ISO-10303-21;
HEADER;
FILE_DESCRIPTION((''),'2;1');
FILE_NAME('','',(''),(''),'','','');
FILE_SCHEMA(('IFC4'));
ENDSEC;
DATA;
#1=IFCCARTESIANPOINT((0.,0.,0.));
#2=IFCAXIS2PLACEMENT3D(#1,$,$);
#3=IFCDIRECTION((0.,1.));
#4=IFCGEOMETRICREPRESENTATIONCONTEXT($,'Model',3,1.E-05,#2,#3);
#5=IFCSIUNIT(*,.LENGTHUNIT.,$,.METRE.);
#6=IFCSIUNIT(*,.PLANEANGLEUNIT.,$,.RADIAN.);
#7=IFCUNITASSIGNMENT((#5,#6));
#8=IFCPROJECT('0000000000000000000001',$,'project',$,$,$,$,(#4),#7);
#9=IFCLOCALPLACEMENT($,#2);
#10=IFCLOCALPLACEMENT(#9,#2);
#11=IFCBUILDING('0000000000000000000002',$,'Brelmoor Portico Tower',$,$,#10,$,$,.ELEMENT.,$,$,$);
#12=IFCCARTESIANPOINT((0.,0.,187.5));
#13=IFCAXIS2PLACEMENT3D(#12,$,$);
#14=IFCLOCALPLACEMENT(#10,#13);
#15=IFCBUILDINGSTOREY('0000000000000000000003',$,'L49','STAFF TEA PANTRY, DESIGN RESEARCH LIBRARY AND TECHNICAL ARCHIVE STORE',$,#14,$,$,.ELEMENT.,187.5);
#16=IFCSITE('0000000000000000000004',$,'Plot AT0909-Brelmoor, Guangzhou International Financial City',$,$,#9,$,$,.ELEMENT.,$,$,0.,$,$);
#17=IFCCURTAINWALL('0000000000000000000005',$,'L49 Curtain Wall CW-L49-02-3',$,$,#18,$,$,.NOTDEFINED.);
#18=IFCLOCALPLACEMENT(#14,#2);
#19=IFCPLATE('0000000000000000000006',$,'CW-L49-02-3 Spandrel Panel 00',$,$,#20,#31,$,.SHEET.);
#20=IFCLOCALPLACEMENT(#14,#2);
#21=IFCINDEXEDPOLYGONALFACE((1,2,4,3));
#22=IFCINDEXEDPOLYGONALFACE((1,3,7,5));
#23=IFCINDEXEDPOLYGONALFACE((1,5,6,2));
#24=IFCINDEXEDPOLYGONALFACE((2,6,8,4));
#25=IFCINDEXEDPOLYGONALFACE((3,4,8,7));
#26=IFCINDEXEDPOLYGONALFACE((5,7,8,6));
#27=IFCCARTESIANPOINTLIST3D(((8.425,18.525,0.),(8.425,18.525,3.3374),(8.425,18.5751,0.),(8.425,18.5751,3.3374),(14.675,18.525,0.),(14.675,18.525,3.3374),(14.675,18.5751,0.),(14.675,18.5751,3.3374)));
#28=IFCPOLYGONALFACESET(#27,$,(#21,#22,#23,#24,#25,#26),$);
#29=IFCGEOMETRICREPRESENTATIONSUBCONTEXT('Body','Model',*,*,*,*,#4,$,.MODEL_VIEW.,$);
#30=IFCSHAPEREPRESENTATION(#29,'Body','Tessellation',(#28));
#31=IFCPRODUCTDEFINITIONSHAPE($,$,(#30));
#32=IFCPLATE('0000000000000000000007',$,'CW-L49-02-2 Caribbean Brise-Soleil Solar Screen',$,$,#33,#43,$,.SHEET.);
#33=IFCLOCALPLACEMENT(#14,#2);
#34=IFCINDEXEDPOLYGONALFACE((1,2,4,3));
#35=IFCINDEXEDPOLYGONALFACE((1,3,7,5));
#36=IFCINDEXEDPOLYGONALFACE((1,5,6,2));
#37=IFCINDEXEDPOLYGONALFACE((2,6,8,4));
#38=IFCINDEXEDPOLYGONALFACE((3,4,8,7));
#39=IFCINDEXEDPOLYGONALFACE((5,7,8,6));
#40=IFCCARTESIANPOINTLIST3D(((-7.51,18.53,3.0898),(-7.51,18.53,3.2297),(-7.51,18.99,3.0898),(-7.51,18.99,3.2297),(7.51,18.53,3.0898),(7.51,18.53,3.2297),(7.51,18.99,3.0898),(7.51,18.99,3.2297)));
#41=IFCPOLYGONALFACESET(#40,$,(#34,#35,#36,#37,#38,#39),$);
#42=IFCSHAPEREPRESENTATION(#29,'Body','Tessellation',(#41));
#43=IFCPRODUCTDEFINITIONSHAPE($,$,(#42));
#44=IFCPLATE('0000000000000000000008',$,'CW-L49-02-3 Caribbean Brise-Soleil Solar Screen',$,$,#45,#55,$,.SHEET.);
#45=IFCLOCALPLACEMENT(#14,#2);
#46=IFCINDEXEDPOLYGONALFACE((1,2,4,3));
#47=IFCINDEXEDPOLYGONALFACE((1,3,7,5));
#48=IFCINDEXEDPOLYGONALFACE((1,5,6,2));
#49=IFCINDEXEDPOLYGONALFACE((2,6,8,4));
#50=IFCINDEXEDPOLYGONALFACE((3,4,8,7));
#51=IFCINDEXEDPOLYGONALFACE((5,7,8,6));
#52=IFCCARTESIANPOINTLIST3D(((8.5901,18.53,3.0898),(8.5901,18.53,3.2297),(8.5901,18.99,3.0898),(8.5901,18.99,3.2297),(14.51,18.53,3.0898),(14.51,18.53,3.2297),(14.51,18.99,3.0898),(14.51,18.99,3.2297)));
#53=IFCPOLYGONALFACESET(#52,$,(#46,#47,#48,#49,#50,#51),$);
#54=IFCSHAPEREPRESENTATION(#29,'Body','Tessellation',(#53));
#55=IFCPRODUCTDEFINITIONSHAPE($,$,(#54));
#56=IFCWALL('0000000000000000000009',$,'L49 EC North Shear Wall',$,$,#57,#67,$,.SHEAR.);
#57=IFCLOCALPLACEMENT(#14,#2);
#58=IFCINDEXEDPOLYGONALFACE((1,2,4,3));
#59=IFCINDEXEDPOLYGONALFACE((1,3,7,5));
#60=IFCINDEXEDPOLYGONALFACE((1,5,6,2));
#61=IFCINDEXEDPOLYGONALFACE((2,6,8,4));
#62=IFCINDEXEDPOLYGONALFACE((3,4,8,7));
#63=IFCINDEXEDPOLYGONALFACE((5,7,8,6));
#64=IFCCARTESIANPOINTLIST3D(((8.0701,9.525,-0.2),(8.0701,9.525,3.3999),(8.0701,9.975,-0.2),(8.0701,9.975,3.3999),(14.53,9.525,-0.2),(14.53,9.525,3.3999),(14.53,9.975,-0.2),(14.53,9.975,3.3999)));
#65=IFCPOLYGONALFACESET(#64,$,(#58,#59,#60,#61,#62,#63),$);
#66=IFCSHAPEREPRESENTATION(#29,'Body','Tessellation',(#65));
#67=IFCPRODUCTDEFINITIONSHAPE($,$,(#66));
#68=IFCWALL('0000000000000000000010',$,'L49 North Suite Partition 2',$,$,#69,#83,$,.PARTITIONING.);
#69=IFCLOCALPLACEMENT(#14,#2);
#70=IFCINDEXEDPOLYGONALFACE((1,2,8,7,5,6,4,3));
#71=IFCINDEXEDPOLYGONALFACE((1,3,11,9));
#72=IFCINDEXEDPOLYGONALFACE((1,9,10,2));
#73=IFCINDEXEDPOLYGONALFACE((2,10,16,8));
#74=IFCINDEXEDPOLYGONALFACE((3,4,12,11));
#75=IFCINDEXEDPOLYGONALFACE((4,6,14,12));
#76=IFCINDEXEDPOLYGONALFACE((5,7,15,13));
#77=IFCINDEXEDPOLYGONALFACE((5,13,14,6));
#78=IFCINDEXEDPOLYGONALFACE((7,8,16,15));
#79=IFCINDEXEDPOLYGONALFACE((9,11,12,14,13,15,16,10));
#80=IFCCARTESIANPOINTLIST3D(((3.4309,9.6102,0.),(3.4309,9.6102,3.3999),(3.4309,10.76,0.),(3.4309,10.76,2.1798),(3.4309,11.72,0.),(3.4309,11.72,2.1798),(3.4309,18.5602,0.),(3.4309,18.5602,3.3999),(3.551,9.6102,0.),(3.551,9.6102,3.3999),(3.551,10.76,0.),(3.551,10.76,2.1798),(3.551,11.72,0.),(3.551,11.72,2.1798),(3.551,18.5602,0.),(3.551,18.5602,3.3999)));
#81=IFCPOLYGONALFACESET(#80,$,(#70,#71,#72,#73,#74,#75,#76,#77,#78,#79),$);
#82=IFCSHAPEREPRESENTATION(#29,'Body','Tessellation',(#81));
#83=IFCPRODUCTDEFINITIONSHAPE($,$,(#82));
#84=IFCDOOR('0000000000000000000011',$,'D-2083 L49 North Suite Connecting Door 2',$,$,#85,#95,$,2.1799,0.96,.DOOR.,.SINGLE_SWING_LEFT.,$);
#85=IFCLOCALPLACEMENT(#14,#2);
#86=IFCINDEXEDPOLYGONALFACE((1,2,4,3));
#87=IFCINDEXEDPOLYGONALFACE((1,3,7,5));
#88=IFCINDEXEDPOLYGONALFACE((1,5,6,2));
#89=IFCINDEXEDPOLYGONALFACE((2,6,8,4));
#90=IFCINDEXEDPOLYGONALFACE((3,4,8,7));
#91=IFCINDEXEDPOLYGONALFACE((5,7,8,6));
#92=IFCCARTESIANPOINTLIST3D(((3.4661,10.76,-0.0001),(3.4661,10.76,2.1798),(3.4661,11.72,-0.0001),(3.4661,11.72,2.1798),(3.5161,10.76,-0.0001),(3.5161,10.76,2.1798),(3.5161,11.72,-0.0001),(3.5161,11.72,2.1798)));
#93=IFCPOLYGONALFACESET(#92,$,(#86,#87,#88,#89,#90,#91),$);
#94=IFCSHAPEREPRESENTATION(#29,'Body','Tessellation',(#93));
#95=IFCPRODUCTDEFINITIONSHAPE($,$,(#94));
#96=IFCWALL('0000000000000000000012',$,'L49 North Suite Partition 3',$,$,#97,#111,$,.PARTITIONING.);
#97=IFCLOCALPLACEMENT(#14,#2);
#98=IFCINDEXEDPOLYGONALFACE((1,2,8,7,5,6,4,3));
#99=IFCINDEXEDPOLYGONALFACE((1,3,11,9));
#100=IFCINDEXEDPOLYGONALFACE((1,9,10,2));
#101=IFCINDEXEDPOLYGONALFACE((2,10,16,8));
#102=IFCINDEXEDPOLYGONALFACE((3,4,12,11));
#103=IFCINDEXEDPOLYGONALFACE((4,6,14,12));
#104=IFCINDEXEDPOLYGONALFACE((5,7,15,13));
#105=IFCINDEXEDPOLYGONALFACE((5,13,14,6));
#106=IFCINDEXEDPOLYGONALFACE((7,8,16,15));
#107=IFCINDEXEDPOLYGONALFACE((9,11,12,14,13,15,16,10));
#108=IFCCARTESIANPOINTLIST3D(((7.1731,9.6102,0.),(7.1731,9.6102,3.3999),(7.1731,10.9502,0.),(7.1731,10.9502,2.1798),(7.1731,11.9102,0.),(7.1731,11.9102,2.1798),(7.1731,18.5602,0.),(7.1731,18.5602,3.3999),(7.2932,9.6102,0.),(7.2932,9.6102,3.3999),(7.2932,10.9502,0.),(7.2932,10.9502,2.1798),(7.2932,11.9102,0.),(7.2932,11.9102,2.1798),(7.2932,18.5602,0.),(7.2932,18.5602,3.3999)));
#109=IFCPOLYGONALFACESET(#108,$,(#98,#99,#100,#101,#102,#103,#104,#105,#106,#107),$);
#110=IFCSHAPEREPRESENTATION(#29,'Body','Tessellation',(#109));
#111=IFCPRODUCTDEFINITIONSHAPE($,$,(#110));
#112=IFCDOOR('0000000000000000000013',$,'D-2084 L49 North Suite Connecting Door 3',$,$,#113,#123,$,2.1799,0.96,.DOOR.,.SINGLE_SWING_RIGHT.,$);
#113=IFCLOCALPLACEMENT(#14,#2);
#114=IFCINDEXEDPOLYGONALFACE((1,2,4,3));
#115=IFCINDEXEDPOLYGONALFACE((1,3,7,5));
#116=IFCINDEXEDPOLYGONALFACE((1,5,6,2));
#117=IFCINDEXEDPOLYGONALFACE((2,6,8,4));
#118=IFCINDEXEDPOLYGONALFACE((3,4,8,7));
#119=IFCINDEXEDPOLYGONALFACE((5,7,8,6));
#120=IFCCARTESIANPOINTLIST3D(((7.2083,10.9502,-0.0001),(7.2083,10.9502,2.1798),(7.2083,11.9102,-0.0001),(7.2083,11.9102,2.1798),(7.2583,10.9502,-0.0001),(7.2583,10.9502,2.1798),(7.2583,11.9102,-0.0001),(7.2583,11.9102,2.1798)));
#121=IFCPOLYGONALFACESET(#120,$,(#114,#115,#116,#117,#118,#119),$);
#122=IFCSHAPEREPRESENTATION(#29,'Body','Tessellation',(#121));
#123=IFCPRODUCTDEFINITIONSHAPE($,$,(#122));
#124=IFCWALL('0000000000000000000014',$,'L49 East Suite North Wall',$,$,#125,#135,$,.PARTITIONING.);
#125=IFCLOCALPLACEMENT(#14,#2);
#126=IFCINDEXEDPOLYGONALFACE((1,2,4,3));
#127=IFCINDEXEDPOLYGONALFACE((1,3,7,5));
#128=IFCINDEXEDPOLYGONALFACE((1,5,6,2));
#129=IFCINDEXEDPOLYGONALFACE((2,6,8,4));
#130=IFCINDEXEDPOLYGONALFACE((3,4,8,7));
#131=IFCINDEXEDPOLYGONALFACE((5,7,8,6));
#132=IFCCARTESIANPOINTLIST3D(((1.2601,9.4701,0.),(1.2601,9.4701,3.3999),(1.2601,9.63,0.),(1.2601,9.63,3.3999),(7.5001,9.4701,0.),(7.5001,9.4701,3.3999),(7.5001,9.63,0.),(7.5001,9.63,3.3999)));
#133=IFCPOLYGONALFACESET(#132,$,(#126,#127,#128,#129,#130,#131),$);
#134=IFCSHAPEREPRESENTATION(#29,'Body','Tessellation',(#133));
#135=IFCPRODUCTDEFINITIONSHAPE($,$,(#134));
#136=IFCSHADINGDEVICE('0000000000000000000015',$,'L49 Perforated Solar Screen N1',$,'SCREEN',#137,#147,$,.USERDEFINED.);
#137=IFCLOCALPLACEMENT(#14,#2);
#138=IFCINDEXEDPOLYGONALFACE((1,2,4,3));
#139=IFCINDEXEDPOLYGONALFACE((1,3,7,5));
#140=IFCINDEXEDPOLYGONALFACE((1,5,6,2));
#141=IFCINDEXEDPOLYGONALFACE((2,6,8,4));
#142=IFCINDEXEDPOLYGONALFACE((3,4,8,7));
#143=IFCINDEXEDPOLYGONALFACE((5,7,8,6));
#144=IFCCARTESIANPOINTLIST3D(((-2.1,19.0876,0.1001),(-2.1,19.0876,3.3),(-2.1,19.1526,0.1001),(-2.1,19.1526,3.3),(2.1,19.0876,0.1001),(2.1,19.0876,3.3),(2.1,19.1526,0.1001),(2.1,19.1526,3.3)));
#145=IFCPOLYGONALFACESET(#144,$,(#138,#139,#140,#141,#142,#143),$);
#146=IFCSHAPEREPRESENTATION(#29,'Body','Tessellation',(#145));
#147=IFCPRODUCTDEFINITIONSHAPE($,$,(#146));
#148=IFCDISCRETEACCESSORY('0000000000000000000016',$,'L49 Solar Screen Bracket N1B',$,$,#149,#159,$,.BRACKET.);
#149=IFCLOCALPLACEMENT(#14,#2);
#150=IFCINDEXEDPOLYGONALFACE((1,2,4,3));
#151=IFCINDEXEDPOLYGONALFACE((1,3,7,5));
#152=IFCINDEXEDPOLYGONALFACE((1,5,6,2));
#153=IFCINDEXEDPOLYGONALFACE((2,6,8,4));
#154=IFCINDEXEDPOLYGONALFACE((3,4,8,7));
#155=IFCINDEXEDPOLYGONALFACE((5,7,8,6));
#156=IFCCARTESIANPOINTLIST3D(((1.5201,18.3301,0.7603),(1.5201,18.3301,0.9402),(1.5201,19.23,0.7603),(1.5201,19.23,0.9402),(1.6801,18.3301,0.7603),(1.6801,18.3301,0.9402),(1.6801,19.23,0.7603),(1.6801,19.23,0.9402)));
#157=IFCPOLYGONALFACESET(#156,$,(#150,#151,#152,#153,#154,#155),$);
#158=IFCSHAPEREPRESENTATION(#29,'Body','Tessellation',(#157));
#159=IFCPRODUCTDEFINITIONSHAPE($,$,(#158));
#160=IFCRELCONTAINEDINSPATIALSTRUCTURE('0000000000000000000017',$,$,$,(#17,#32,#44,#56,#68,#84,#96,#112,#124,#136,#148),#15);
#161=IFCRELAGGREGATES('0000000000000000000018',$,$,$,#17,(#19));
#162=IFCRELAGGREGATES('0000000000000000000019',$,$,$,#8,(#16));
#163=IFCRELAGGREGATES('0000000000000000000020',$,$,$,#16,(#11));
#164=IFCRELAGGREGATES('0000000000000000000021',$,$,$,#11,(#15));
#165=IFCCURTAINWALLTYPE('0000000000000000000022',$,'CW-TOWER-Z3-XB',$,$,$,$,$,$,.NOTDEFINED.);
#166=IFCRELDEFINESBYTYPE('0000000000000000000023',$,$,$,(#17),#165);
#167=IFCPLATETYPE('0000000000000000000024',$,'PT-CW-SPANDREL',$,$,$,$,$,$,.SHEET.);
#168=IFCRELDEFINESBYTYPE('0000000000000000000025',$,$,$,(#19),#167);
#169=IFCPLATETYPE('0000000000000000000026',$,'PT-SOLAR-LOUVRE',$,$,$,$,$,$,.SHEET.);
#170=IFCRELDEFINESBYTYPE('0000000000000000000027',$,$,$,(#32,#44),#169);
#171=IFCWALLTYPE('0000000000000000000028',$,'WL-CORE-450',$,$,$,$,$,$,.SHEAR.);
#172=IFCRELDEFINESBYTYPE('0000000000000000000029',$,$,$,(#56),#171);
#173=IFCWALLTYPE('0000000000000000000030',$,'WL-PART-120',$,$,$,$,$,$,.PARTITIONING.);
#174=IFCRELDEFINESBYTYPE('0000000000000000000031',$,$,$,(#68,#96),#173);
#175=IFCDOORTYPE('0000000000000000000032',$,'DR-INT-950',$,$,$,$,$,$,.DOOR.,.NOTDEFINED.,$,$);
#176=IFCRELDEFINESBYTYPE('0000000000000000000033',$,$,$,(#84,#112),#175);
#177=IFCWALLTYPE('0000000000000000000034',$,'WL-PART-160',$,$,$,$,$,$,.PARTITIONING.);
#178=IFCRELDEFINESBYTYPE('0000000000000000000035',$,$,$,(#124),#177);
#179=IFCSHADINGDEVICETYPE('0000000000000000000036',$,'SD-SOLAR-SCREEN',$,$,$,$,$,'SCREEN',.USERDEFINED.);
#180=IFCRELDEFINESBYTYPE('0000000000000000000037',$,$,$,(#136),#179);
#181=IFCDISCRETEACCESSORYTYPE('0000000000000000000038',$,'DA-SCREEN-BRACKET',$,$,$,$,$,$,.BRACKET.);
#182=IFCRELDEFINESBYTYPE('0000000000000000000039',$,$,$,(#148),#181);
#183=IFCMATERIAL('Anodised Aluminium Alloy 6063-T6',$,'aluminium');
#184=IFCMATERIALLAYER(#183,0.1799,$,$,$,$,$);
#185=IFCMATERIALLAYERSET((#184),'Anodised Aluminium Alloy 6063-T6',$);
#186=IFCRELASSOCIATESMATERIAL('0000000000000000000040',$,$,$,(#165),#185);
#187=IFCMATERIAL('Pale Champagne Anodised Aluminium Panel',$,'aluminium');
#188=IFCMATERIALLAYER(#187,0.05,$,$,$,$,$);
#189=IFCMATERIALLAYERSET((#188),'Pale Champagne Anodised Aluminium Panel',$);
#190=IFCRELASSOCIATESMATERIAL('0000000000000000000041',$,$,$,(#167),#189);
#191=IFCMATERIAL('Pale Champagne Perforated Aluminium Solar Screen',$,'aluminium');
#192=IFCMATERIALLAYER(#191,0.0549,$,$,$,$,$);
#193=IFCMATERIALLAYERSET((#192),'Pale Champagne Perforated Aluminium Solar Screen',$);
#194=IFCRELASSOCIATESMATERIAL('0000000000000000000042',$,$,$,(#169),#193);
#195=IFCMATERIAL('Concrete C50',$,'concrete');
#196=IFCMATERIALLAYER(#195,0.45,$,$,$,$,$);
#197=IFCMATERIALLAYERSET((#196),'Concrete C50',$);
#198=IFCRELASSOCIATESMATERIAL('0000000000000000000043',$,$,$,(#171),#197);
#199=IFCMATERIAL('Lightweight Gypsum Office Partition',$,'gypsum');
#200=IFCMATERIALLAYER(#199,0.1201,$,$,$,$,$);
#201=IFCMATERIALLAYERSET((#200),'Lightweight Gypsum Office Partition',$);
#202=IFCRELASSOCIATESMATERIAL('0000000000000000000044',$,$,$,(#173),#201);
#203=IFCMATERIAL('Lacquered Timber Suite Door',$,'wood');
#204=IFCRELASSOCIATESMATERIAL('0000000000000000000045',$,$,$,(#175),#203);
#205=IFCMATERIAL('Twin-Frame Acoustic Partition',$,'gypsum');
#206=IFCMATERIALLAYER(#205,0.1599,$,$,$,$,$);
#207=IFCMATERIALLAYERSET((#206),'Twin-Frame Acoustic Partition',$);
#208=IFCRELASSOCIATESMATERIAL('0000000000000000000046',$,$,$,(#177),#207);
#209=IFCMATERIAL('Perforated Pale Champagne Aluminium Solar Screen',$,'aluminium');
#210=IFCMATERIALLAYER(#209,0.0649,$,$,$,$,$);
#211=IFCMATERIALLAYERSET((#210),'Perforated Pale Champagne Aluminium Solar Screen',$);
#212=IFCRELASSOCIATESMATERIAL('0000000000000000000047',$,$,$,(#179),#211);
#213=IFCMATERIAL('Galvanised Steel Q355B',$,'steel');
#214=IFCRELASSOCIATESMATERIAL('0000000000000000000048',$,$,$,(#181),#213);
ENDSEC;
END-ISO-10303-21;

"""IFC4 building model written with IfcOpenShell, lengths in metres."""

from ifc_helpers import new_model, si_unit, direction, frame, frame_2d, origin, origin_2d, place, context, subcontext, project, spatial, rectangle, extrude, material, layer, layer_set, type_object, element, fill, aggregate, save


model = new_model("IFC4")

# Units and contexts
model_context = context("Model", 3, precision=1e-05, world=origin(), true_north=direction((0.0, 1.0)))
body_context = subcontext(model_context, "Body", "Model", "MODEL_VIEW")
ifc_project = project(units=[si_unit("LENGTHUNIT", "METRE"), si_unit("PLANEANGLEUNIT", "RADIAN")], contexts=[model_context])

# Site, building, storey
site_placement = place(None, origin())
site = spatial("IfcSite", under=ifc_project, at=site_placement, Name="Plot AT0909-Brelmoor, Guangzhou International Financial City", CompositionType="ELEMENT", RefElevation=0.0)
building_placement = place(site_placement, origin())
building = spatial("IfcBuilding", under=site, at=building_placement, Name="Brelmoor Portico Tower", CompositionType="ELEMENT")
storey_placement = place(building_placement, frame((0.0, 0.0, 187.5)))
storey = spatial("IfcBuildingStorey", under=building, at=storey_placement, Name="L49", Description="STAFF TEA PANTRY, DESIGN RESEARCH LIBRARY AND TECHNICAL ARCHIVE STORE", CompositionType="ELEMENT", Elevation=187.5)

# Shared definitions
ifc_material_1 = material(Name="Anodised Aluminium Alloy 6063-T6", Category="aluminium")
ifc_layer_1 = layer(ifc_material_1, 0.1799)
ifc_layer_set_1 = layer_set([ifc_layer_1], Name="Anodised Aluminium Alloy 6063-T6")
curtain_wall_type = type_object("IfcCurtainWallType", Name="CW-TOWER-Z3-XB", PredefinedType="NOTDEFINED", material=ifc_layer_set_1)

# Curtain wall
curtain_wall_1_placement = place(storey_placement, origin())
curtain_wall_1 = element("IfcCurtainWall", 1, at=curtain_wall_1_placement, inside=storey, type_object=curtain_wall_type, Name="L49 Curtain Wall CW-L49-02-3", PredefinedType="NOTDEFINED")

# Plate
ifc_material_2 = material(Name="Pale Champagne Anodised Aluminium Panel", Category="aluminium")
ifc_layer_2 = layer(ifc_material_2, 0.05)
ifc_layer_set_2 = layer_set([ifc_layer_2], Name="Pale Champagne Anodised Aluminium Panel")
plate_type_1 = type_object("IfcPlateType", Name="PT-CW-SPANDREL", PredefinedType="SHEET", material=ifc_layer_set_2)
plate_1_placement = place(storey_placement, frame((11.55, 18.55, 0.0), z_axis=(0.0, 0.0, 1.0), x_axis=(1.0, 0.0, 0.0)))
plate_1 = element("IfcPlate", 2, at=plate_1_placement, type_object=plate_type_1, Name="CW-L49-02-3 Spandrel Panel 00", PredefinedType="SHEET", context=body_context, shape_type="SweptSolid", body=[
    extrude(rectangle(XDim=6.25, YDim=0.05, at=origin_2d()), origin(), (0.0, 0.0, 1.0), 3.3374),
])
aggregate(curtain_wall_1, [plate_1])

# Plates
ifc_material_3 = material(Name="Pale Champagne Perforated Aluminium Solar Screen", Category="aluminium")
ifc_layer_3 = layer(ifc_material_3, 0.0549)
ifc_layer_set_3 = layer_set([ifc_layer_3], Name="Pale Champagne Perforated Aluminium Solar Screen")
plate_type_2 = type_object("IfcPlateType", Name="PT-SOLAR-LOUVRE", PredefinedType="SHEET", material=ifc_layer_set_3)
plate_2_placement = place(storey_placement, frame((0.0, 18.76, 3.0898), z_axis=(0.0, 0.0, 1.0), x_axis=(1.0, 0.0, 0.0)))
element("IfcPlate", 3, at=plate_2_placement, inside=storey, type_object=plate_type_2, Name="CW-L49-02-2 Caribbean Brise-Soleil Solar Screen", PredefinedType="SHEET", context=body_context, shape_type="SweptSolid", body=[
    extrude(rectangle(XDim=15.02, YDim=0.46, at=origin_2d()), origin(), (0.0, 0.0, 1.0), 0.1399),
])
plate_3_placement = place(storey_placement, frame((11.55, 18.76, 3.0898), z_axis=(0.0, 0.0, 1.0), x_axis=(1.0, 0.0, 0.0)))
element("IfcPlate", 4, at=plate_3_placement, inside=storey, type_object=plate_type_2, Name="CW-L49-02-3 Caribbean Brise-Soleil Solar Screen", PredefinedType="SHEET", context=body_context, shape_type="SweptSolid", body=[
    extrude(rectangle(XDim=5.9199, YDim=0.46, at=origin_2d()), origin(), (0.0, 0.0, 1.0), 0.1399),
])

# Wall
ifc_material_4 = material(Name="Concrete C50", Category="concrete")
ifc_layer_4 = layer(ifc_material_4, 0.45)
ifc_layer_set_4 = layer_set([ifc_layer_4], Name="Concrete C50")
wall_type_1 = type_object("IfcWallType", Name="WL-CORE-450", PredefinedType="SHEAR", material=ifc_layer_set_4)
wall_1_placement = place(storey_placement, frame((8.0701, 9.75, -0.2), z_axis=(0.0, 0.0, 1.0), x_axis=(1.0, 0.0, 0.0)))
element("IfcWall", 5, at=wall_1_placement, inside=storey, type_object=wall_type_1, Name="L49 EC North Shear Wall", PredefinedType="SHEAR", context=body_context, shape_type="SweptSolid", body=[
    extrude(rectangle(XDim=6.46, YDim=0.45, at=frame_2d((3.23, 0.0))), origin(), (0.0, 0.0, 1.0), 3.5999),
])

# Walls, openings, doors
ifc_material_5 = material(Name="Lightweight Gypsum Office Partition", Category="gypsum")
ifc_layer_5 = layer(ifc_material_5, 0.1201)
ifc_layer_set_5 = layer_set([ifc_layer_5], Name="Lightweight Gypsum Office Partition")
wall_type_2 = type_object("IfcWallType", Name="WL-PART-120", PredefinedType="PARTITIONING", material=ifc_layer_set_5)
wall_2_placement = place(storey_placement, frame((3.491, 9.6101, 0.0), z_axis=(0.0, 0.0, 1.0), x_axis=(0.0, 1.0, 0.0)))
wall_2 = element("IfcWall", 6, at=wall_2_placement, inside=storey, type_object=wall_type_2, Name="L49 North Suite Partition 2", PredefinedType="PARTITIONING", context=body_context, shape_type="SweptSolid", body=[
    extrude(rectangle(XDim=8.95, YDim=0.1201, at=frame_2d((4.4751, 0.0))), origin(), (0.0, 0.0, 1.0), 3.3999),
])
opening_1_placement = place(wall_2_placement, frame((1.1499, 0.0, 0.0)))
opening_1 = element("IfcOpeningElement", 7, at=opening_1_placement, cuts=wall_2, PredefinedType="OPENING", context=body_context, shape_type="SweptSolid", body=[
    extrude(rectangle(XDim=0.96, YDim=2.1799, at=frame_2d((0.48, 1.0898))), frame((0.0, 0.0701, 0.0), z_axis=(0.0, -1.0, 0.0), x_axis=(1.0, 0.0, 0.0)), (0.0, 0.0, 1.0), 0.1401),
])
ifc_material_6 = material(Name="Lacquered Timber Suite Door", Category="wood")
door_type = type_object("IfcDoorType", Name="DR-INT-950", OperationType="NOTDEFINED", PredefinedType="DOOR", material=ifc_material_6)
door_1_placement = place(opening_1_placement, origin())
door_1 = element("IfcDoor", 8, at=door_1_placement, inside=storey, type_object=door_type, Name="D-2083 L49 North Suite Connecting Door 2", OperationType="SINGLE_SWING_LEFT", OverallHeight=2.1799, OverallWidth=0.96, PredefinedType="DOOR", context=body_context, shape_type="SweptSolid", body=[
    extrude(rectangle(XDim=0.96, YDim=2.1799, at=frame_2d((0.48, 1.0898))), frame((0.0, 0.0249, 0.0), z_axis=(0.0, -1.0, 0.0), x_axis=(1.0, 0.0, 0.0)), (0.0, 0.0, 1.0), 0.05),
])
fill(opening_1, door_1)
wall_3_placement = place(storey_placement, frame((7.2332, 9.6101, 0.0), z_axis=(0.0, 0.0, 1.0), x_axis=(0.0, 1.0, 0.0)))
wall_3 = element("IfcWall", 9, at=wall_3_placement, inside=storey, type_object=wall_type_2, Name="L49 North Suite Partition 3", PredefinedType="PARTITIONING", context=body_context, shape_type="SweptSolid", body=[
    extrude(rectangle(XDim=8.95, YDim=0.1201, at=frame_2d((4.4751, 0.0))), origin(), (0.0, 0.0, 1.0), 3.3999),
])
opening_2_placement = place(wall_3_placement, frame((1.3401, 0.0, 0.0)))
opening_2 = element("IfcOpeningElement", 10, at=opening_2_placement, cuts=wall_3, PredefinedType="OPENING", context=body_context, shape_type="SweptSolid", body=[
    extrude(rectangle(XDim=0.96, YDim=2.1799, at=frame_2d((0.48, 1.0898))), frame((0.0, 0.0701, 0.0), z_axis=(0.0, -1.0, 0.0), x_axis=(1.0, 0.0, 0.0)), (0.0, 0.0, 1.0), 0.1401),
])
door_2_placement = place(opening_2_placement, origin())
door_2 = element("IfcDoor", 11, at=door_2_placement, inside=storey, type_object=door_type, Name="D-2084 L49 North Suite Connecting Door 3", OperationType="SINGLE_SWING_RIGHT", OverallHeight=2.1799, OverallWidth=0.96, PredefinedType="DOOR", context=body_context, shape_type="SweptSolid", body=[
    extrude(rectangle(XDim=0.96, YDim=2.1799, at=frame_2d((0.48, 1.0898))), frame((0.0, 0.0249, 0.0), z_axis=(0.0, -1.0, 0.0), x_axis=(1.0, 0.0, 0.0)), (0.0, 0.0, 1.0), 0.05),
])
fill(opening_2, door_2)

# Wall
ifc_material_7 = material(Name="Twin-Frame Acoustic Partition", Category="gypsum")
ifc_layer_6 = layer(ifc_material_7, 0.1599)
ifc_layer_set_6 = layer_set([ifc_layer_6], Name="Twin-Frame Acoustic Partition")
wall_type_3 = type_object("IfcWallType", Name="WL-PART-160", PredefinedType="PARTITIONING", material=ifc_layer_set_6)
wall_4_placement = place(storey_placement, frame((1.26, 9.55, 0.0), z_axis=(0.0, 0.0, 1.0), x_axis=(1.0, 0.0, 0.0)))
element("IfcWall", 12, at=wall_4_placement, inside=storey, type_object=wall_type_3, Name="L49 East Suite North Wall", PredefinedType="PARTITIONING", context=body_context, shape_type="SweptSolid", body=[
    extrude(rectangle(XDim=6.24, YDim=0.1599, at=frame_2d((3.1201, 0.0))), origin(), (0.0, 0.0, 1.0), 3.3999),
])

# Shading device
ifc_material_8 = material(Name="Perforated Pale Champagne Aluminium Solar Screen", Category="aluminium")
ifc_layer_7 = layer(ifc_material_8, 0.0649)
ifc_layer_set_7 = layer_set([ifc_layer_7], Name="Perforated Pale Champagne Aluminium Solar Screen")
shading_device_type = type_object("IfcShadingDeviceType", Name="SD-SOLAR-SCREEN", ElementType="SCREEN", PredefinedType="USERDEFINED", material=ifc_layer_set_7)
shading_device_placement = place(storey_placement, frame((0.0, 19.1201, 0.1001), z_axis=(0.0, 0.0, 1.0), x_axis=(1.0, 0.0, 0.0)))
element("IfcShadingDevice", 13, at=shading_device_placement, inside=storey, type_object=shading_device_type, Name="L49 Perforated Solar Screen N1", ObjectType="SCREEN", PredefinedType="USERDEFINED", context=body_context, shape_type="SweptSolid", body=[
    extrude(rectangle(XDim=4.2, YDim=0.0649, at=origin_2d()), origin(), (0.0, 0.0, 1.0), 3.2),
])

# Discrete accessory
ifc_material_9 = material(Name="Galvanised Steel Q355B", Category="steel")
discrete_accessory_type = type_object("IfcDiscreteAccessoryType", Name="DA-SCREEN-BRACKET", PredefinedType="BRACKET", material=ifc_material_9)
discrete_accessory_placement = place(storey_placement, frame((1.6001, 18.78, 0.7603), z_axis=(0.0, 0.0, 1.0), x_axis=(1.0, 0.0, 0.0)))
element("IfcDiscreteAccessory", 14, at=discrete_accessory_placement, inside=storey, type_object=discrete_accessory_type, Name="L49 Solar Screen Bracket N1B", PredefinedType="BRACKET", context=body_context, shape_type="SweptSolid", body=[
    extrude(rectangle(XDim=0.1599, YDim=0.8999, at=origin_2d()), origin(), (0.0, 0.0, 1.0), 0.1799),
])

save(model, "model.ifc")
